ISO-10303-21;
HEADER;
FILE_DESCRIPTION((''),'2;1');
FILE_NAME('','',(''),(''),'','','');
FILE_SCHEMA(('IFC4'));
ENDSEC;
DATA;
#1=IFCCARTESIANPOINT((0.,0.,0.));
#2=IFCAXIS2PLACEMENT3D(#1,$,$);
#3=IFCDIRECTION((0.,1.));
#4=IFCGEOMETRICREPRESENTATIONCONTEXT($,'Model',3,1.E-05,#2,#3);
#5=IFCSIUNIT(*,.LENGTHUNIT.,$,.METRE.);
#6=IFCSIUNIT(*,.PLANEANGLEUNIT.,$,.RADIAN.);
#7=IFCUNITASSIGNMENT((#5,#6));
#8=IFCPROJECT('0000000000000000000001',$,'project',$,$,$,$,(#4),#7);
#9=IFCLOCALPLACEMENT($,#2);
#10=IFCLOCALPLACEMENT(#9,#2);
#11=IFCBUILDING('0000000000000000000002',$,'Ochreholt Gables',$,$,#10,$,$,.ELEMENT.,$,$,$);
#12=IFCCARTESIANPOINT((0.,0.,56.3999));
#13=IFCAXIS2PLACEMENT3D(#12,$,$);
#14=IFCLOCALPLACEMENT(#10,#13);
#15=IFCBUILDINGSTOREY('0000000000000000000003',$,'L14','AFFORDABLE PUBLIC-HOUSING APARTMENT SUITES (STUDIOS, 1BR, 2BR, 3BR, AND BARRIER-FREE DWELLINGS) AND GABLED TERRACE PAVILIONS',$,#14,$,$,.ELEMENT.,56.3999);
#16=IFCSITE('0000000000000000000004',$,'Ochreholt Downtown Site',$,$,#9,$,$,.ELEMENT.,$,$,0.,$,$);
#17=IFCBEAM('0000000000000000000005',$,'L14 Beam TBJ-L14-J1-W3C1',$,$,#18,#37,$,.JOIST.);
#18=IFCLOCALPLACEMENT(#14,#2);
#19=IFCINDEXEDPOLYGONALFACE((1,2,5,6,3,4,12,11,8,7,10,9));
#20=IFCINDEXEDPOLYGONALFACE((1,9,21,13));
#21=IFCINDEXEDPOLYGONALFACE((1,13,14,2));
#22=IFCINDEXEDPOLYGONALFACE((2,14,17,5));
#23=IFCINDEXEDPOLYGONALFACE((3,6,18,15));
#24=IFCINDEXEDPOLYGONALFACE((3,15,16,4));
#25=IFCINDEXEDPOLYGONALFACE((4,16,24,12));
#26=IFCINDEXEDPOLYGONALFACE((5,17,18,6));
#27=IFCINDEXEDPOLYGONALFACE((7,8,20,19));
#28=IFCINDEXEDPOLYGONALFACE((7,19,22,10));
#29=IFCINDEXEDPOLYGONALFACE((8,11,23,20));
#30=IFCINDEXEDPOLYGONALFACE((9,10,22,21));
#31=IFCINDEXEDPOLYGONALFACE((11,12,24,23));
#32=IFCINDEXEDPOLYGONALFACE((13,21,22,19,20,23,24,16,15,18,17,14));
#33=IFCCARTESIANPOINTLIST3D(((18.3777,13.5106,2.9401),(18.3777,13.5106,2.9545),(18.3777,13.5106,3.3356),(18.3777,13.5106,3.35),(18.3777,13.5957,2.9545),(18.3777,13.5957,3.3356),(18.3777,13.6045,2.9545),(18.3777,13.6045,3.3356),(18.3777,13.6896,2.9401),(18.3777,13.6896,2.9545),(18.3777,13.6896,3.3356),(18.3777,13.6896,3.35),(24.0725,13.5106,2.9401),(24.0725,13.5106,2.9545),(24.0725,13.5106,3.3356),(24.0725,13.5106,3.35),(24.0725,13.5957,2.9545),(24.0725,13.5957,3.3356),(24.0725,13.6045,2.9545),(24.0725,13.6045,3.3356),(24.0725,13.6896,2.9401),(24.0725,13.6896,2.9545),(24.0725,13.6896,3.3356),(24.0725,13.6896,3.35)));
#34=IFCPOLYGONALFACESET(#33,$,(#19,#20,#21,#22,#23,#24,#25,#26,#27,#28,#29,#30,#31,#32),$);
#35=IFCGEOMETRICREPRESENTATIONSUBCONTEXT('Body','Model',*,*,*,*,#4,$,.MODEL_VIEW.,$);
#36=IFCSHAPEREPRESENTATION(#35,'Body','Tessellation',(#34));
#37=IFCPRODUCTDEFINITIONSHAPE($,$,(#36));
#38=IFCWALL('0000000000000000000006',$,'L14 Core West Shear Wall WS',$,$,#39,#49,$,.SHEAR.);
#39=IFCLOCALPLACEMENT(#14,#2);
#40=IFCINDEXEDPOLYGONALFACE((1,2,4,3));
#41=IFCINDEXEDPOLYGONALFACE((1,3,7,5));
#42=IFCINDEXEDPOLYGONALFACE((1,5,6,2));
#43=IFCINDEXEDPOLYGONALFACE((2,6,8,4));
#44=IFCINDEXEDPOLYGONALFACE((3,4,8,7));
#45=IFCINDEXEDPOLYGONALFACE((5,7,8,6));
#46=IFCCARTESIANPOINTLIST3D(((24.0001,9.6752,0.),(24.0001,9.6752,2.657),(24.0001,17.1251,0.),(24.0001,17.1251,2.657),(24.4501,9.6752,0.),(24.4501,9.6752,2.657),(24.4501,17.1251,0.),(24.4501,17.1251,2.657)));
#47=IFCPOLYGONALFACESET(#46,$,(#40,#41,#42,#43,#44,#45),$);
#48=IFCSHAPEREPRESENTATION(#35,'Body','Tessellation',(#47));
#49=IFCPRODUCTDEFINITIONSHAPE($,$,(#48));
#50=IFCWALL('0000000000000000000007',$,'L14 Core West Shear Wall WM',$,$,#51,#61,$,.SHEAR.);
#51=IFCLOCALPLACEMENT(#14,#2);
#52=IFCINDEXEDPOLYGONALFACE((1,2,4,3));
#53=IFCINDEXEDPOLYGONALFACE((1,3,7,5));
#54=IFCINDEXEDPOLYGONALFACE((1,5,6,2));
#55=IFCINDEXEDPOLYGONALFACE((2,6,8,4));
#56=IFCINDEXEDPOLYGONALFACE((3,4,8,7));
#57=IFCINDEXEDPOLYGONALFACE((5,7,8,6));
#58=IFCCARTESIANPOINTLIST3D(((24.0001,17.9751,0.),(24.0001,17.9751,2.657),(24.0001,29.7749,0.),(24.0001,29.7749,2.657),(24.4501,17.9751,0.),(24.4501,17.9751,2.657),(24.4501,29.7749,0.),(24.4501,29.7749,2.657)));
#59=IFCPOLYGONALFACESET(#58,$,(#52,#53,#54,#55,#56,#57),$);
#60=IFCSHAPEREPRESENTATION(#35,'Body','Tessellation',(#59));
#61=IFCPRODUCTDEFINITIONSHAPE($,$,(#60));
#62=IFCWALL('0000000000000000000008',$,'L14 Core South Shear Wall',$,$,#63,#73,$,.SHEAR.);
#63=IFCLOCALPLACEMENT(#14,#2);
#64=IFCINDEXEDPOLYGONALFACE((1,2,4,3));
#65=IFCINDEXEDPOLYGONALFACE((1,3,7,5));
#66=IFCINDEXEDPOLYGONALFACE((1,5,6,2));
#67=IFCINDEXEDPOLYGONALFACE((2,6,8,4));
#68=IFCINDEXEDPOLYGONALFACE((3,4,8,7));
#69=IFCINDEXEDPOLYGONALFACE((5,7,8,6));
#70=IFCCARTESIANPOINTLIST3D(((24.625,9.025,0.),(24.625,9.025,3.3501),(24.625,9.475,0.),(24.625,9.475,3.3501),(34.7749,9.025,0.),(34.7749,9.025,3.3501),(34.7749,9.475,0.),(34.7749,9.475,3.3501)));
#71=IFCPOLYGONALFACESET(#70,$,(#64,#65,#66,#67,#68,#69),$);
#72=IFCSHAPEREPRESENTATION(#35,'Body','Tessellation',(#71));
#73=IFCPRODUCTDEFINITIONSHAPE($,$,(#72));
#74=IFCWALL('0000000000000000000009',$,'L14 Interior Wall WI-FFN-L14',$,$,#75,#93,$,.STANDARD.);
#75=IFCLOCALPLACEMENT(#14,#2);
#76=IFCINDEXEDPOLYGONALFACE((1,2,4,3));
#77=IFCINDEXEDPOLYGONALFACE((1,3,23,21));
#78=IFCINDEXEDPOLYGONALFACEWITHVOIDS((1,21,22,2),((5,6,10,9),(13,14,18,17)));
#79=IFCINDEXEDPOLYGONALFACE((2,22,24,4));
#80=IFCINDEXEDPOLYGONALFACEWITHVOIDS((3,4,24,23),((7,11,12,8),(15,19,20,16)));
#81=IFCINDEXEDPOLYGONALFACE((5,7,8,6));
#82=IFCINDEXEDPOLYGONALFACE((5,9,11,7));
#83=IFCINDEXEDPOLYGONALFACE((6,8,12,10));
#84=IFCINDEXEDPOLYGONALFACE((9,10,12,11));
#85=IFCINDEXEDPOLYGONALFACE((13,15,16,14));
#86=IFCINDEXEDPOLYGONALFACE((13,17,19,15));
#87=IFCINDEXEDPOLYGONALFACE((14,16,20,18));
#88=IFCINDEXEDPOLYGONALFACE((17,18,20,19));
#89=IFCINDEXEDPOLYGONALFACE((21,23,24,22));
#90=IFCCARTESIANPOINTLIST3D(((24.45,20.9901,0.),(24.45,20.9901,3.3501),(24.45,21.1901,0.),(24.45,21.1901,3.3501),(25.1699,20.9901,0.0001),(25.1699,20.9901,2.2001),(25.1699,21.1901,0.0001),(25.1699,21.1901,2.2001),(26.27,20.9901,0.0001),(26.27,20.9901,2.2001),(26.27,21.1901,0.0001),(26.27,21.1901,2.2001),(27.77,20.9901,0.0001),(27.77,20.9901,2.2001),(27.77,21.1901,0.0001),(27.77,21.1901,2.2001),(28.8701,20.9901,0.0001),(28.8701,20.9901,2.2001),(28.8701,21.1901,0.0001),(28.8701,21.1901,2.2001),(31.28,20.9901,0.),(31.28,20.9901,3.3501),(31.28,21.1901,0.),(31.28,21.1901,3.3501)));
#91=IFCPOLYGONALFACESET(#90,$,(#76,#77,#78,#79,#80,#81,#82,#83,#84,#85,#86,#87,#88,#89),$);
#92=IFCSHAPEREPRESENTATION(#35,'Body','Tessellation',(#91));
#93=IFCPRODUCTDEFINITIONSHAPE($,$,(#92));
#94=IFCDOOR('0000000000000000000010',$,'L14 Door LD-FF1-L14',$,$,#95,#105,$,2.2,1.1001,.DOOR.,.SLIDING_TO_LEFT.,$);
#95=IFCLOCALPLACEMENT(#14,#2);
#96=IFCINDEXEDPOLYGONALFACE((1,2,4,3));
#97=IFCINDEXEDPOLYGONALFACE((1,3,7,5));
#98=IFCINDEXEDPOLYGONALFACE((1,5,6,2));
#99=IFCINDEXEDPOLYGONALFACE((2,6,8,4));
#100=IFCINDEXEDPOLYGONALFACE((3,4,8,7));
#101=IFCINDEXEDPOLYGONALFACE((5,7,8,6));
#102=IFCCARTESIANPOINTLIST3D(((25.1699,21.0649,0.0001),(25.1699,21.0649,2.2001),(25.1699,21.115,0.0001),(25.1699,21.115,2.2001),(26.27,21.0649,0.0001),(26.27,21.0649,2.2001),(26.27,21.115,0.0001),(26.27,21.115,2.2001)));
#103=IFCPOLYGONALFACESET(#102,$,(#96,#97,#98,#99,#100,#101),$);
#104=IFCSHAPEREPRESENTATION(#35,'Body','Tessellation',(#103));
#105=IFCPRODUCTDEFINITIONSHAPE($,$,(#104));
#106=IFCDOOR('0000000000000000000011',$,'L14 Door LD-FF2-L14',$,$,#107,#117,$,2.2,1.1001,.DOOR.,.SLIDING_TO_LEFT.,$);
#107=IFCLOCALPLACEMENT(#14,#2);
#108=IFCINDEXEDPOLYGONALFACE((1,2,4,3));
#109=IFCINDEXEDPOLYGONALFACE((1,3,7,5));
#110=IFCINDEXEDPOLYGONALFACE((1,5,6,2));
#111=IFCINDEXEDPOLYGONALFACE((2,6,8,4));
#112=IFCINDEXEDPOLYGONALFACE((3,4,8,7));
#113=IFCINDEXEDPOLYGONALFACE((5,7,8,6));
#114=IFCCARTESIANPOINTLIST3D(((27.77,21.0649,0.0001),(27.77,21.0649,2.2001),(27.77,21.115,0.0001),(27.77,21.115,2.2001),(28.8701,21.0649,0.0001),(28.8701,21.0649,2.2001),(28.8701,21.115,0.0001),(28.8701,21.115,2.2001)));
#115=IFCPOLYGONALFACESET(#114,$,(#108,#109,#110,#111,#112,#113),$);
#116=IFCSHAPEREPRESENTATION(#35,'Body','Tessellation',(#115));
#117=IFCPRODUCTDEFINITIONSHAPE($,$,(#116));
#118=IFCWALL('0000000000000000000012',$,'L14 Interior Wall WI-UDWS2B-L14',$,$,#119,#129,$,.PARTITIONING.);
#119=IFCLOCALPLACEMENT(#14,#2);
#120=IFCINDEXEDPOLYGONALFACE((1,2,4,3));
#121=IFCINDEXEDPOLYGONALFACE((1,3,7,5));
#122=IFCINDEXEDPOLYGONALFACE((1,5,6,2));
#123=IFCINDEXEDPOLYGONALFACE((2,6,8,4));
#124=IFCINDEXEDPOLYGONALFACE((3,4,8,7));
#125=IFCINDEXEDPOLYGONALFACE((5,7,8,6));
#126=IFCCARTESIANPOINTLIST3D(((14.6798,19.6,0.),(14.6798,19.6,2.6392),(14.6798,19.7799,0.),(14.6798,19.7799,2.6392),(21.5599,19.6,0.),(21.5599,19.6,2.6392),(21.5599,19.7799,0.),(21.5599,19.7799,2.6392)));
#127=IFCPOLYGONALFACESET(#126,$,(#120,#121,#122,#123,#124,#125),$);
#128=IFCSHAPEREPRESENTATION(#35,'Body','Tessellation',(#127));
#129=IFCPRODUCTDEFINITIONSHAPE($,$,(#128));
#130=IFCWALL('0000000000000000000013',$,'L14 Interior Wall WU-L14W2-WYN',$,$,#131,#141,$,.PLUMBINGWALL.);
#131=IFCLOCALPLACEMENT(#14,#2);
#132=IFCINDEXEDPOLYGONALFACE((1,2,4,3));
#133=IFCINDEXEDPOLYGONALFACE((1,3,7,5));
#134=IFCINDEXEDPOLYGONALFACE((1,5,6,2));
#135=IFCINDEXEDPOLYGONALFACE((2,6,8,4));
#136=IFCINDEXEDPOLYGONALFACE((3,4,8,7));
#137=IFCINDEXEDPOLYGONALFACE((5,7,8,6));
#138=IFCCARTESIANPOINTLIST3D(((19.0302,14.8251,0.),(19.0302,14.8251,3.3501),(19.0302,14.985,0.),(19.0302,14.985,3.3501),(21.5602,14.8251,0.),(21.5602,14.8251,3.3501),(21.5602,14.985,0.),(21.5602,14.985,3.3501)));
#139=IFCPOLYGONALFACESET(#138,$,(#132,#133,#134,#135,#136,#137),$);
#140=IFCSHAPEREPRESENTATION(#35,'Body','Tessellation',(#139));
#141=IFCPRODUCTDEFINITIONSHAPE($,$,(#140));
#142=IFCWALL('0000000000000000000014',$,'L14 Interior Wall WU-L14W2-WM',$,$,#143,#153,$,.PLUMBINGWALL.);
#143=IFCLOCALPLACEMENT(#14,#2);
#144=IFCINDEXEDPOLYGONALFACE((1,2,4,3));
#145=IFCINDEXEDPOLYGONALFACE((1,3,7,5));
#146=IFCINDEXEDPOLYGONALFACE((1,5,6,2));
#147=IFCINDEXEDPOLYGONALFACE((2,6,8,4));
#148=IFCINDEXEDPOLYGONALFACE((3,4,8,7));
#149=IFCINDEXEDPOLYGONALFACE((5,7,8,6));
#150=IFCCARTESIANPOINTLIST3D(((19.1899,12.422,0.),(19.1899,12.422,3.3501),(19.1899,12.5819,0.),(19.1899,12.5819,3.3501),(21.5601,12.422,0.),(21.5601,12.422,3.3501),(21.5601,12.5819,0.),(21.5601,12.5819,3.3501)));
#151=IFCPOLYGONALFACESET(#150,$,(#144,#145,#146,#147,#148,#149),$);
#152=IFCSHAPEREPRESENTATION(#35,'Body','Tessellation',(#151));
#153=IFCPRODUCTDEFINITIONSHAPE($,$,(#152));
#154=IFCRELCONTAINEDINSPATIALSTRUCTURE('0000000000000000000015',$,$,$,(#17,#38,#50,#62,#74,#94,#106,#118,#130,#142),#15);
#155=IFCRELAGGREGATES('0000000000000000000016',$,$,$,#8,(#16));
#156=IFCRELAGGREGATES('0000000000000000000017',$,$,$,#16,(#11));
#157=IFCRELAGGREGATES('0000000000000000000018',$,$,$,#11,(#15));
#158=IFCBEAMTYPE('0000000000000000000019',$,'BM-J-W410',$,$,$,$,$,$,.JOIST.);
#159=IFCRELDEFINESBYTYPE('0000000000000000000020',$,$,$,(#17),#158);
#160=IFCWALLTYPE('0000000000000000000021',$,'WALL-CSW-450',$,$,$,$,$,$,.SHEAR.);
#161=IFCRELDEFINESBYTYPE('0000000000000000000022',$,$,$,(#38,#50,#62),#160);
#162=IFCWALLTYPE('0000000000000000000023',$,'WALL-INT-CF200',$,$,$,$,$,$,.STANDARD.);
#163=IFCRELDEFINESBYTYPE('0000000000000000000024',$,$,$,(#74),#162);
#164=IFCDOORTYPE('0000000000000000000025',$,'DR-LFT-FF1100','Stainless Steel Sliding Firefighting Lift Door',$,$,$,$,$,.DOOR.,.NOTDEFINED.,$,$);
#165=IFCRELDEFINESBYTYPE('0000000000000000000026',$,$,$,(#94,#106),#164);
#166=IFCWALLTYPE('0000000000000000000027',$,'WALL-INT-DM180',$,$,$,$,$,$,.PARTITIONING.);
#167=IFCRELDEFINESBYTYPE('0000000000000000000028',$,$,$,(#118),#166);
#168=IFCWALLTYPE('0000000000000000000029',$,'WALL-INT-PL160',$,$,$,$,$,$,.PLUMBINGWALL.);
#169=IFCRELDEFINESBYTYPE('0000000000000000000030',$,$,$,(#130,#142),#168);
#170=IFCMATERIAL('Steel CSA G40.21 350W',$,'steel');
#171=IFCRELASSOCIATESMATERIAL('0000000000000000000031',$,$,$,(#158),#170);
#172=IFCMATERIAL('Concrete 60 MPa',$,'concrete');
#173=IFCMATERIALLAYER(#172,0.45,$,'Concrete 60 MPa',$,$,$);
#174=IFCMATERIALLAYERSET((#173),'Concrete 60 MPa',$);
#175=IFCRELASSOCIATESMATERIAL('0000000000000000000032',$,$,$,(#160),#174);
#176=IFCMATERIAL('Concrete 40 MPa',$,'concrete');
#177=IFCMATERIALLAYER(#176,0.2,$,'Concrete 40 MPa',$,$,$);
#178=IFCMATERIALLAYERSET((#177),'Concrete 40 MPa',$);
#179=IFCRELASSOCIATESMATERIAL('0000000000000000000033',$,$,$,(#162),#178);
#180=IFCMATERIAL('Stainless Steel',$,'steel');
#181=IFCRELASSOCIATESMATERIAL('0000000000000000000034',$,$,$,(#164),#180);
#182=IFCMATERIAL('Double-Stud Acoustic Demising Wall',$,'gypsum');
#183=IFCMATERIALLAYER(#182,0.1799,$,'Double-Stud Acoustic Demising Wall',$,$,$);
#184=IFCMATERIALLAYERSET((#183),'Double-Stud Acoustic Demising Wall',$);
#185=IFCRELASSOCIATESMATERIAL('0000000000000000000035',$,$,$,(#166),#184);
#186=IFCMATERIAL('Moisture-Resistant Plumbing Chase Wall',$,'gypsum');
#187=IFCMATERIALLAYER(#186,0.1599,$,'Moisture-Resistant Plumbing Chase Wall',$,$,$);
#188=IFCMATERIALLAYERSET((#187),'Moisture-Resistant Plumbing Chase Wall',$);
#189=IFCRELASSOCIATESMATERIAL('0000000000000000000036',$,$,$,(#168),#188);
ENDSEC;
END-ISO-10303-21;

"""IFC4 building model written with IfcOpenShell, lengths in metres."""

from ifc_helpers import new_model, si_unit, direction, frame, frame_2d, origin, origin_2d, place, context, subcontext, project, spatial, rectangle, i_section, extrude, material, layer, layer_set, material_profile, profile_set, type_object, element, fill, save


model = new_model("IFC4")

# Units and contexts
model_context = context("Model", 3, precision=1e-05, world=origin(), true_north=direction((0.0, 1.0)))
body_context = subcontext(model_context, "Body", "Model", "MODEL_VIEW")
ifc_project = project(units=[si_unit("LENGTHUNIT", "METRE"), si_unit("PLANEANGLEUNIT", "RADIAN")], contexts=[model_context])

# Site, building, storey
site_placement = place(None, origin())
site = spatial("IfcSite", under=ifc_project, at=site_placement, Name="Ochreholt Downtown Site", CompositionType="ELEMENT", RefElevation=0.0)
building_placement = place(site_placement, origin())
building = spatial("IfcBuilding", under=site, at=building_placement, Name="Ochreholt Gables", CompositionType="ELEMENT")
storey_placement = place(building_placement, frame((0.0, 0.0, 56.3999)))
storey = spatial("IfcBuildingStorey", under=building, at=storey_placement, Name="L14", Description="AFFORDABLE PUBLIC-HOUSING APARTMENT SUITES (STUDIOS, 1BR, 2BR, 3BR, AND BARRIER-FREE DWELLINGS) AND GABLED TERRACE PAVILIONS", CompositionType="ELEMENT", Elevation=56.3999)

# Shared definitions
ifc_material_1 = material(Name="Concrete 60 MPa", Category="concrete")

# Beam
ifc_material_2 = material(Name="Steel CSA G40.21 350W", Category="steel")
ifc_material_profile_1 = material_profile(ifc_material_2, i_section(OverallWidth=0.179, OverallDepth=0.4099, WebThickness=0.0088, FlangeThickness=0.0144, at=origin_2d()), Name="W410X67")
ifc_profile_set_1 = profile_set([ifc_material_profile_1], Name="Steel CSA G40.21 350W")
beam_type_1 = type_object("IfcBeamType", Name="BM-J-W410", PredefinedType="JOIST", material=ifc_profile_set_1)
beam_1_placement = place(storey_placement, frame((18.3777, 13.6001, 3.145), z_axis=(1.0, 0.0, 0.0), x_axis=(0.0, 1.0, 0.0)))
element("IfcBeam", 1, at=beam_1_placement, inside=storey, type_object=beam_type_1, Name="L14 Beam TBJ-L14-J1-W3C1", PredefinedType="JOIST", context=body_context, shape_type="SweptSolid", body=[
    extrude(i_section(OverallWidth=0.179, OverallDepth=0.4099, WebThickness=0.0088, FlangeThickness=0.0144, at=origin_2d()), origin(), (0.0, 0.0, 1.0), 5.6948),
])

# Walls
ifc_layer_1 = layer(ifc_material_1, 0.45, Name="Concrete 60 MPa")
ifc_layer_set_1 = layer_set([ifc_layer_1], Name="Concrete 60 MPa")
wall_type_1 = type_object("IfcWallType", Name="WALL-CSW-450", PredefinedType="SHEAR", material=ifc_layer_set_1)
wall_1_placement = place(storey_placement, frame((24.2251, 9.675, 0.0), z_axis=(0.0, 0.0, 1.0), x_axis=(0.0, 1.0, 0.0)))
element("IfcWall", 2, at=wall_1_placement, inside=storey, type_object=wall_type_1, Name="L14 Core West Shear Wall WS", PredefinedType="SHEAR", context=body_context, shape_type="SweptSolid", body=[
    extrude(rectangle(XDim=7.45, YDim=0.45, at=frame_2d((3.7251, 0.0))), origin(), (0.0, 0.0, 1.0), 2.657),
])
wall_2_placement = place(storey_placement, frame((24.2251, 17.9751, 0.0), z_axis=(0.0, 0.0, 1.0), x_axis=(0.0, 1.0, 0.0)))
element("IfcWall", 3, at=wall_2_placement, inside=storey, type_object=wall_type_1, Name="L14 Core West Shear Wall WM", PredefinedType="SHEAR", context=body_context, shape_type="SweptSolid", body=[
    extrude(rectangle(XDim=11.7998, YDim=0.45, at=frame_2d((5.8999, 0.0))), origin(), (0.0, 0.0, 1.0), 2.657),
])
wall_3_placement = place(storey_placement, frame((24.625, 9.25, 0.0), z_axis=(0.0, 0.0, 1.0), x_axis=(1.0, 0.0, 0.0)))
element("IfcWall", 4, at=wall_3_placement, inside=storey, type_object=wall_type_1, Name="L14 Core South Shear Wall", PredefinedType="SHEAR", context=body_context, shape_type="SweptSolid", body=[
    extrude(rectangle(XDim=10.1499, YDim=0.45, at=frame_2d((5.075, 0.0))), origin(), (0.0, 0.0, 1.0), 3.3501),
])

# Wall, openings, doors
ifc_material_3 = material(Name="Concrete 40 MPa", Category="concrete")
ifc_layer_2 = layer(ifc_material_3, 0.2, Name="Concrete 40 MPa")
ifc_layer_set_2 = layer_set([ifc_layer_2], Name="Concrete 40 MPa")
wall_type_2 = type_object("IfcWallType", Name="WALL-INT-CF200", PredefinedType="STANDARD", material=ifc_layer_set_2)
wall_4_placement = place(storey_placement, frame((24.45, 21.0901, 0.0), z_axis=(0.0, 0.0, 1.0), x_axis=(1.0, 0.0, 0.0)))
wall_4 = element("IfcWall", 5, at=wall_4_placement, inside=storey, type_object=wall_type_2, Name="L14 Interior Wall WI-FFN-L14", PredefinedType="STANDARD", context=body_context, shape_type="SweptSolid", body=[
    extrude(rectangle(XDim=6.8301, YDim=0.2, at=frame_2d((3.415, 0.0))), origin(), (0.0, 0.0, 1.0), 3.3501),
])
opening_1_placement = place(wall_4_placement, frame((0.72, 0.0, 0.0)))
opening_1 = element("IfcOpeningElement", 6, at=opening_1_placement, cuts=wall_4, PredefinedType="OPENING", context=body_context, shape_type="SweptSolid", body=[
    extrude(rectangle(XDim=1.1001, YDim=2.2, at=frame_2d((0.55, 1.1001))), frame((0.0, 0.1099, 0.0), z_axis=(0.0, -1.0, 0.0), x_axis=(1.0, 0.0, 0.0)), (0.0, 0.0, 1.0), 0.22),
])
opening_2_placement = place(wall_4_placement, frame((3.3201, 0.0, 0.0)))
opening_2 = element("IfcOpeningElement", 7, at=opening_2_placement, cuts=wall_4, PredefinedType="OPENING", context=body_context, shape_type="SweptSolid", body=[
    extrude(rectangle(XDim=1.1001, YDim=2.2, at=frame_2d((0.55, 1.1001))), frame((0.0, 0.1099, 0.0), z_axis=(0.0, -1.0, 0.0), x_axis=(1.0, 0.0, 0.0)), (0.0, 0.0, 1.0), 0.22),
])
ifc_material_4 = material(Name="Stainless Steel", Category="steel")
door_type_1 = type_object("IfcDoorType", Name="DR-LFT-FF1100", Description="Stainless Steel Sliding Firefighting Lift Door", OperationType="NOTDEFINED", PredefinedType="DOOR", material=ifc_material_4)
door_1_placement = place(opening_1_placement, origin())
door_1 = element("IfcDoor", 8, at=door_1_placement, inside=storey, type_object=door_type_1, Name="L14 Door LD-FF1-L14", OperationType="SLIDING_TO_LEFT", OverallHeight=2.2, OverallWidth=1.1001, PredefinedType="DOOR", context=body_context, shape_type="SweptSolid", body=[
    extrude(rectangle(XDim=1.1001, YDim=2.2, at=frame_2d((0.55, 1.1001))), frame((0.0, 0.0249, 0.0), z_axis=(0.0, -1.0, 0.0), x_axis=(1.0, 0.0, 0.0)), (0.0, 0.0, 1.0), 0.05),
])
fill(opening_1, door_1)
door_2_placement = place(opening_2_placement, origin())
door_2 = element("IfcDoor", 9, at=door_2_placement, inside=storey, type_object=door_type_1, Name="L14 Door LD-FF2-L14", OperationType="SLIDING_TO_LEFT", OverallHeight=2.2, OverallWidth=1.1001, PredefinedType="DOOR", context=body_context, shape_type="SweptSolid", body=[
    extrude(rectangle(XDim=1.1001, YDim=2.2, at=frame_2d((0.55, 1.1001))), frame((0.0, 0.0249, 0.0), z_axis=(0.0, -1.0, 0.0), x_axis=(1.0, 0.0, 0.0)), (0.0, 0.0, 1.0), 0.05),
])
fill(opening_2, door_2)

# Walls
ifc_material_5 = material(Name="Double-Stud Acoustic Demising Wall", Category="gypsum")
ifc_layer_3 = layer(ifc_material_5, 0.1799, Name="Double-Stud Acoustic Demising Wall")
ifc_layer_set_3 = layer_set([ifc_layer_3], Name="Double-Stud Acoustic Demising Wall")
wall_type_3 = type_object("IfcWallType", Name="WALL-INT-DM180", PredefinedType="PARTITIONING", material=ifc_layer_set_3)
wall_5_placement = place(storey_placement, frame((14.6799, 19.6899, 0.0), z_axis=(0.0, 0.0, 1.0), x_axis=(1.0, 0.0, 0.0)))
element("IfcWall", 10, at=wall_5_placement, inside=storey, type_object=wall_type_3, Name="L14 Interior Wall WI-UDWS2B-L14", PredefinedType="PARTITIONING", context=body_context, shape_type="SweptSolid", body=[
    extrude(rectangle(XDim=6.8801, YDim=0.1799, at=frame_2d((3.4399, 0.0))), origin(), (0.0, 0.0, 1.0), 2.6392),
])
ifc_material_6 = material(Name="Moisture-Resistant Plumbing Chase Wall", Category="gypsum")
ifc_layer_4 = layer(ifc_material_6, 0.1599, Name="Moisture-Resistant Plumbing Chase Wall")
ifc_layer_set_4 = layer_set([ifc_layer_4], Name="Moisture-Resistant Plumbing Chase Wall")
wall_type_4 = type_object("IfcWallType", Name="WALL-INT-PL160", PredefinedType="PLUMBINGWALL", material=ifc_layer_set_4)
wall_6_placement = place(storey_placement, frame((19.03, 14.905, 0.0), z_axis=(0.0, 0.0, 1.0), x_axis=(1.0, 0.0, 0.0)))
element("IfcWall", 11, at=wall_6_placement, inside=storey, type_object=wall_type_4, Name="L14 Interior Wall WU-L14W2-WYN", PredefinedType="PLUMBINGWALL", context=body_context, shape_type="SweptSolid", body=[
    extrude(rectangle(XDim=2.53, YDim=0.1599, at=frame_2d((1.2651, 0.0))), origin(), (0.0, 0.0, 1.0), 3.3501),
])

# Wall
wall_7_placement = place(storey_placement, frame((19.1899, 12.502, 0.0), z_axis=(0.0, 0.0, 1.0), x_axis=(1.0, 0.0, 0.0)))
element("IfcWall", 12, at=wall_7_placement, inside=storey, type_object=wall_type_4, Name="L14 Interior Wall WU-L14W2-WM", PredefinedType="PLUMBINGWALL", context=body_context, shape_type="SweptSolid", body=[
    extrude(rectangle(XDim=2.3701, YDim=0.1599, at=frame_2d((1.1851, 0.0))), origin(), (0.0, 0.0, 1.0), 3.3501),
])

save(model, "model.ifc")
